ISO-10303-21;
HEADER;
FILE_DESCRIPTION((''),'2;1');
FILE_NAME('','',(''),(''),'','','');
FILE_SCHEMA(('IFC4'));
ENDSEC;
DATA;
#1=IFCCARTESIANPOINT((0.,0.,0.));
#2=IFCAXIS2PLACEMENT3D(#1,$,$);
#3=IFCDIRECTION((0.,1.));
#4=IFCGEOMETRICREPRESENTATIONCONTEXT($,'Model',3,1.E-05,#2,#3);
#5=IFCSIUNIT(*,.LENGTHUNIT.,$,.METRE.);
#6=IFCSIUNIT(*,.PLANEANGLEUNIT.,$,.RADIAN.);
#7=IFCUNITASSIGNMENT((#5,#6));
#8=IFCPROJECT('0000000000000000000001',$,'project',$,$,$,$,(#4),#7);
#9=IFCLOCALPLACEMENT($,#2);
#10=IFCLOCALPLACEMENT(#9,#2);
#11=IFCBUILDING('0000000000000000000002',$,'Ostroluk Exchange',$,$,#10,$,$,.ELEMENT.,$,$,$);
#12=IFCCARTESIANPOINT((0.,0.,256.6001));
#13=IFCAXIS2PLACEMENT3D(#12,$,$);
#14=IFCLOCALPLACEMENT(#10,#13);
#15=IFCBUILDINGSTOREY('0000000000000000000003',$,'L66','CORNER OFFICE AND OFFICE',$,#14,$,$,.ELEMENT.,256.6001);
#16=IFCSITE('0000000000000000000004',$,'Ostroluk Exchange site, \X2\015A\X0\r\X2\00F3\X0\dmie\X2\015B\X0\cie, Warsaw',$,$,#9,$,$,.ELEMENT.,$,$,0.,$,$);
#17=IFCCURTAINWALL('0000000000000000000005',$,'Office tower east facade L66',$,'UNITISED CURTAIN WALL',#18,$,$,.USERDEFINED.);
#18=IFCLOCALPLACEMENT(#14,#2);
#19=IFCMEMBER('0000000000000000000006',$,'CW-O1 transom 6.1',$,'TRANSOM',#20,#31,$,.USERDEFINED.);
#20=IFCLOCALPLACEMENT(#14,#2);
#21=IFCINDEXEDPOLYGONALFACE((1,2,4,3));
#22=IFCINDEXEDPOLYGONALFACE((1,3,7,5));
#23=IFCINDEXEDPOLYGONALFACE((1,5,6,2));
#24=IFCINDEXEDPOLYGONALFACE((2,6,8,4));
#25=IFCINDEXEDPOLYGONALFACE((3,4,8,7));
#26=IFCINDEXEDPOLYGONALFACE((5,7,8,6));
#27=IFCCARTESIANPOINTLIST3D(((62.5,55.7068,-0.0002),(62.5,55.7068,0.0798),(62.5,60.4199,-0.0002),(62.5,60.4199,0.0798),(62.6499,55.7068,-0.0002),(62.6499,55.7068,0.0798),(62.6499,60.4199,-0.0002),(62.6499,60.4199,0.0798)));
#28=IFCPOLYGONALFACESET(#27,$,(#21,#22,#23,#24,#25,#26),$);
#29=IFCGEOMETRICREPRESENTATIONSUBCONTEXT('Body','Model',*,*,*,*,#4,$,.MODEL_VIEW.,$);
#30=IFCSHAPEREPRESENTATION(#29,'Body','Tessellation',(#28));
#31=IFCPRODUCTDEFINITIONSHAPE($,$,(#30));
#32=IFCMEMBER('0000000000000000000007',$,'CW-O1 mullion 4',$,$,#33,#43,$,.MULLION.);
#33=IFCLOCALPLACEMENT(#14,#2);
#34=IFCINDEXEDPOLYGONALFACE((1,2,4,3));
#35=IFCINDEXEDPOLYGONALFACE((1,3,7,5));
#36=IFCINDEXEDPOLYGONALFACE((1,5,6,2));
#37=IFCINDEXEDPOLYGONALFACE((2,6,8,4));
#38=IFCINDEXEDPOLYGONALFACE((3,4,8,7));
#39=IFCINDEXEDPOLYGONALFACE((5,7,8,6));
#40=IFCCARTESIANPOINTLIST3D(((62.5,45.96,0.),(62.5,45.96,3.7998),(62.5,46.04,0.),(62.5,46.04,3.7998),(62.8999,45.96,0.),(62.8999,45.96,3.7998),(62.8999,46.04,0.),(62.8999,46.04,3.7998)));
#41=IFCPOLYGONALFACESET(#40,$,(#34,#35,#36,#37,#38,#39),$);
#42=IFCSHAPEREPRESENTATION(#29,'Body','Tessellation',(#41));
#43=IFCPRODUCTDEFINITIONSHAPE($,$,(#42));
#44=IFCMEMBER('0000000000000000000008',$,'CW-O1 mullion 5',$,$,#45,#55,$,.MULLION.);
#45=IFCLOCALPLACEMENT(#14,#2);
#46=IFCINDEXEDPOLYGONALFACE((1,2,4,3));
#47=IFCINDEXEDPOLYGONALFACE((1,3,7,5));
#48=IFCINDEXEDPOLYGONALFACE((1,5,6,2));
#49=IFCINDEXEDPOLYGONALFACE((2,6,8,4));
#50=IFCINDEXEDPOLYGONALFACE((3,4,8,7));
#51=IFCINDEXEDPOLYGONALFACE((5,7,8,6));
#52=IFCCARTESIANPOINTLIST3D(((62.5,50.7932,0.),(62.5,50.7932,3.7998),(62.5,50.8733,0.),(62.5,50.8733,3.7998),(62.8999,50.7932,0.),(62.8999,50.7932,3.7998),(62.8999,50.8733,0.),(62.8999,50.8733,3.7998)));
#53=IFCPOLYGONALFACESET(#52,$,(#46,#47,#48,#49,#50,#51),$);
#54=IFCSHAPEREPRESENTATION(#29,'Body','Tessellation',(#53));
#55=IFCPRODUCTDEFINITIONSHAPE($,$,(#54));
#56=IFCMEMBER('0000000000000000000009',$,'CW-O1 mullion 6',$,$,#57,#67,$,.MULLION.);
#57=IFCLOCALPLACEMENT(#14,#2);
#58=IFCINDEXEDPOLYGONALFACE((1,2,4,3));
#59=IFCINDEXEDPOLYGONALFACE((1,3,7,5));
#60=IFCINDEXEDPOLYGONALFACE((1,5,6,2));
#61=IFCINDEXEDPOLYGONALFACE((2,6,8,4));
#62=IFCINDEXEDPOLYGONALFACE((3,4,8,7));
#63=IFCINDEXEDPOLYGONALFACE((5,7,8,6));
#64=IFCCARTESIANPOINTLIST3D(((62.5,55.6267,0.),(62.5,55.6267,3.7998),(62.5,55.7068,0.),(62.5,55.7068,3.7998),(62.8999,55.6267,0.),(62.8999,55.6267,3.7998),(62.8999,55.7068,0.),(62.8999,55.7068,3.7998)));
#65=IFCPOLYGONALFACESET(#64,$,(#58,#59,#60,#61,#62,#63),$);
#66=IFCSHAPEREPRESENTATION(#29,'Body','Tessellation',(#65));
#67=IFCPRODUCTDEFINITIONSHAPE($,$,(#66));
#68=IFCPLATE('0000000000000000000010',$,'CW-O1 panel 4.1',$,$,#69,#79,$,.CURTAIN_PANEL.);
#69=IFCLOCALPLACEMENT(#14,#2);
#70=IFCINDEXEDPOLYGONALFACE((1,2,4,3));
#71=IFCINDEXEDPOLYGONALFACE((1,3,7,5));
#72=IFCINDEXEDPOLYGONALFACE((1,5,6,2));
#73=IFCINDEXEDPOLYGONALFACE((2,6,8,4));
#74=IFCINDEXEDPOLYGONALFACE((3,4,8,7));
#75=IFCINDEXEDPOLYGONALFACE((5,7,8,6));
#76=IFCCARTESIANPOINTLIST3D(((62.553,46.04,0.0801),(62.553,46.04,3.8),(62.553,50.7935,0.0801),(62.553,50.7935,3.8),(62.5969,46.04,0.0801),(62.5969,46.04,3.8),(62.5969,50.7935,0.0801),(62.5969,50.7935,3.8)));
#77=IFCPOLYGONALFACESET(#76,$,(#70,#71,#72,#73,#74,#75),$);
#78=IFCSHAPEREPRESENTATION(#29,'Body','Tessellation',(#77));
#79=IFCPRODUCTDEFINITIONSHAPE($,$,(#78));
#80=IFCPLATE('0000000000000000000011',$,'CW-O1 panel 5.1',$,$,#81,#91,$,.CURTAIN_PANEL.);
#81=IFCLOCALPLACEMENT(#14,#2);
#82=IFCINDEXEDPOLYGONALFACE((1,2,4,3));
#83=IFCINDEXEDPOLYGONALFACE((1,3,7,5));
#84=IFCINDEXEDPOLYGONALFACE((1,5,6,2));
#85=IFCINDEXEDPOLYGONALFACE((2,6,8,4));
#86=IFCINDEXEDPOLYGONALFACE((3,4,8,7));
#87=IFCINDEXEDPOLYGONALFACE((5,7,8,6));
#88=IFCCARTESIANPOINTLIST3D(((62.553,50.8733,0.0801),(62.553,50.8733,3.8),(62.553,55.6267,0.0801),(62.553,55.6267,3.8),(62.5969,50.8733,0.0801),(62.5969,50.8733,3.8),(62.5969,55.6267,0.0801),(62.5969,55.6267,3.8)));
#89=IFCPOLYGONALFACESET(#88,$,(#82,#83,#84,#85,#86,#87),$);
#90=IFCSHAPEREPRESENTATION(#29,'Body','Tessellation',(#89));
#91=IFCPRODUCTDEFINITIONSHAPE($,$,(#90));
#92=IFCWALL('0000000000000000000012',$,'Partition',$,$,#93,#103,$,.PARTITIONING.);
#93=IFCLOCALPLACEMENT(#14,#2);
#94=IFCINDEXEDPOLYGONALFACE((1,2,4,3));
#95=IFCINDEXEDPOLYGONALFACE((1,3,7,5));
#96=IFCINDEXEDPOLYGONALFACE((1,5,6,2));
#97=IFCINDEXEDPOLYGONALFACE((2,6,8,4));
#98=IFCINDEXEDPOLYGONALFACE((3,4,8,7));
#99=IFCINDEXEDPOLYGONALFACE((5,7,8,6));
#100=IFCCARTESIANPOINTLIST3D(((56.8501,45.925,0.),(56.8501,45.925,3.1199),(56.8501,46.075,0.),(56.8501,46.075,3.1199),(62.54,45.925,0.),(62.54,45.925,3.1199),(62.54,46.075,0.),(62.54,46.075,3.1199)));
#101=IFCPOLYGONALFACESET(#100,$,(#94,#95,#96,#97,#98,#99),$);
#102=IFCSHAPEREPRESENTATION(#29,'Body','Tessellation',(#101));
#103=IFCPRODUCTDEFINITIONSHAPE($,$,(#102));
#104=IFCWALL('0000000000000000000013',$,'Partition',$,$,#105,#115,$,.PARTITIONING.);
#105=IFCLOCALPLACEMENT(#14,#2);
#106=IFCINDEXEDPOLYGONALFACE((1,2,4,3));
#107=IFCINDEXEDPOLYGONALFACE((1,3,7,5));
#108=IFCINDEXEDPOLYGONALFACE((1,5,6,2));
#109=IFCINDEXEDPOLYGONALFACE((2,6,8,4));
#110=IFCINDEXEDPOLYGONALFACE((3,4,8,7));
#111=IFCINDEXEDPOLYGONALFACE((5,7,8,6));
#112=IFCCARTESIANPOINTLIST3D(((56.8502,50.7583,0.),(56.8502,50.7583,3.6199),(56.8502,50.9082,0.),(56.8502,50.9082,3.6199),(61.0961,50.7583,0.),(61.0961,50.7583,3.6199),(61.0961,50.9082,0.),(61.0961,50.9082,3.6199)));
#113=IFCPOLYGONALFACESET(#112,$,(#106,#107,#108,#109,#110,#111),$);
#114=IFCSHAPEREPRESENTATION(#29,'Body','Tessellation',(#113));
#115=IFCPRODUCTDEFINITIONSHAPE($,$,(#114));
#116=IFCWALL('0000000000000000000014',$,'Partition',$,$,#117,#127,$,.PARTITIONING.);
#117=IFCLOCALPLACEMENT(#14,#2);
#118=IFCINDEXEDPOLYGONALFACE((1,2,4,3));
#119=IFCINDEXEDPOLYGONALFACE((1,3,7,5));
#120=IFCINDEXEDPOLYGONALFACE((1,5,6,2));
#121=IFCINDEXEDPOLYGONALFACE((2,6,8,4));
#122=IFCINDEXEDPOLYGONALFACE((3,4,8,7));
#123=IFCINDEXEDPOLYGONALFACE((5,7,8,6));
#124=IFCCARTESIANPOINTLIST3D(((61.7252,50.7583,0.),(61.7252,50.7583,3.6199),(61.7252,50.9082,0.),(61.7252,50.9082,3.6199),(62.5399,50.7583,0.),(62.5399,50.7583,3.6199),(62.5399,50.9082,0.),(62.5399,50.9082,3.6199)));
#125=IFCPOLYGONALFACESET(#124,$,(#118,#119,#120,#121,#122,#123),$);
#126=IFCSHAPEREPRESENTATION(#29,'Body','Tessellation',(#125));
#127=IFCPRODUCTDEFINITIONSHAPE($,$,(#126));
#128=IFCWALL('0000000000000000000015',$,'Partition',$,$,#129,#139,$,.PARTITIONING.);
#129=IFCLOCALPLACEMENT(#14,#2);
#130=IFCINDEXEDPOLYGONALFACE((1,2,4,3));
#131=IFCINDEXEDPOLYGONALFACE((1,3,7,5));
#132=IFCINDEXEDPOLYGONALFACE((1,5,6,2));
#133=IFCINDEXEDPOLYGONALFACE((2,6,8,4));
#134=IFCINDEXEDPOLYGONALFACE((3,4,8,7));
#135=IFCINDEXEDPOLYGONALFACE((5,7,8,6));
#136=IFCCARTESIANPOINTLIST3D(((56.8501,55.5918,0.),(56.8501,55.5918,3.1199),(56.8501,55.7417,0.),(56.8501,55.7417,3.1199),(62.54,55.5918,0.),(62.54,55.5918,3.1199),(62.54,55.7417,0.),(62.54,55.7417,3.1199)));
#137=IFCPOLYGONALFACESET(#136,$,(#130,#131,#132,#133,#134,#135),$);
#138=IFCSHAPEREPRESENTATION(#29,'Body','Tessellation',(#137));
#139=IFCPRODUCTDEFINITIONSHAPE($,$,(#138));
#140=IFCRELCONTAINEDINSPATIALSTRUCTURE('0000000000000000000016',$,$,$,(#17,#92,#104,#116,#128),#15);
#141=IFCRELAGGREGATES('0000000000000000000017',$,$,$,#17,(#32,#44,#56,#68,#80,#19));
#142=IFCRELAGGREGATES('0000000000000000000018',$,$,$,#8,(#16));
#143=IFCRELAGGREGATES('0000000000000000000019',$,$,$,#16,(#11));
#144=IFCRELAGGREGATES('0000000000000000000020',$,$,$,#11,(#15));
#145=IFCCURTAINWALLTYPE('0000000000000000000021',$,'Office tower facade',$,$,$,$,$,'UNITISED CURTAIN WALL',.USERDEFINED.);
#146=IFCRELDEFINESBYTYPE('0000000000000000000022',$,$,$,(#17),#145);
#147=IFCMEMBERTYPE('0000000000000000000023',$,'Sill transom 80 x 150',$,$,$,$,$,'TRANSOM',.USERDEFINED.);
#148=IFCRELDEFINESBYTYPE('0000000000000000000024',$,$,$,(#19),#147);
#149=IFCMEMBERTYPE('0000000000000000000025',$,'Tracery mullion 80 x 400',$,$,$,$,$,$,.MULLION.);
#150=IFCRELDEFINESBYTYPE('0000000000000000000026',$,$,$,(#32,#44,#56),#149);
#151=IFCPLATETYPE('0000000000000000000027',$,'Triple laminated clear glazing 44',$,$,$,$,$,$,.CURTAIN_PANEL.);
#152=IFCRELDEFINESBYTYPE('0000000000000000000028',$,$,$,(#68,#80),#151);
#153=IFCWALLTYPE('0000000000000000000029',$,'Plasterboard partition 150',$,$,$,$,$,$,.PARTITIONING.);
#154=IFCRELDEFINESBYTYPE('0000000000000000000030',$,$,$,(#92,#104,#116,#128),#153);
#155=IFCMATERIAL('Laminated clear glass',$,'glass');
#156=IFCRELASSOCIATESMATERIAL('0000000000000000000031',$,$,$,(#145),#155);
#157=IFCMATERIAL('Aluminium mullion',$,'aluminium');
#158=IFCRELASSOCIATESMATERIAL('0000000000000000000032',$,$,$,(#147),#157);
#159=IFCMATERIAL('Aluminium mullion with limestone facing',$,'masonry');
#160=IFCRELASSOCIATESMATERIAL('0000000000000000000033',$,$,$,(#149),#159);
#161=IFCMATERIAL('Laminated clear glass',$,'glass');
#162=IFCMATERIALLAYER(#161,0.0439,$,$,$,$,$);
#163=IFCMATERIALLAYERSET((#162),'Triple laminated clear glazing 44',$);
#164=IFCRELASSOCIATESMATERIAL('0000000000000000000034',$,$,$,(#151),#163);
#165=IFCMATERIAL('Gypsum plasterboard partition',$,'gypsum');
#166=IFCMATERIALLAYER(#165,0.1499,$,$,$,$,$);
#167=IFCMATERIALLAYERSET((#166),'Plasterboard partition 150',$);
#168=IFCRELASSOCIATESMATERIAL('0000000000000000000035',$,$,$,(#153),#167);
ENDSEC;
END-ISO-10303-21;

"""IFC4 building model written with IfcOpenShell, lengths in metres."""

from ifc_helpers import new_model, si_unit, direction, frame, frame_2d, origin, origin_2d, place, context, subcontext, project, spatial, rectangle, extrude, material, layer, layer_set, material_profile, profile_set, type_object, element, aggregate, save


model = new_model("IFC4")

# Units and contexts
model_context = context("Model", 3, precision=1e-05, world=origin(), true_north=direction((0.0, 1.0)))
body_context = subcontext(model_context, "Body", "Model", "MODEL_VIEW")
ifc_project = project(units=[si_unit("LENGTHUNIT", "METRE"), si_unit("PLANEANGLEUNIT", "RADIAN")], contexts=[model_context])

# Site, building, storey
site_placement = place(None, origin())
site = spatial("IfcSite", under=ifc_project, at=site_placement, Name="Ostroluk Exchange site, Śródmieście, Warsaw", CompositionType="ELEMENT", RefElevation=0.0)
building_placement = place(site_placement, origin())
building = spatial("IfcBuilding", under=site, at=building_placement, Name="Ostroluk Exchange", CompositionType="ELEMENT")
storey_placement = place(building_placement, frame((0.0, 0.0, 256.6001)))
storey = spatial("IfcBuildingStorey", under=building, at=storey_placement, Name="L66", Description="CORNER OFFICE AND OFFICE", CompositionType="ELEMENT", Elevation=256.6001)

# Curtain wall, members, plates
ifc_material_1 = material(Name="Laminated clear glass", Category="glass")
curtain_wall_type = type_object("IfcCurtainWallType", Name="Office tower facade", ElementType="UNITISED CURTAIN WALL", PredefinedType="USERDEFINED", material=ifc_material_1)
curtain_wall_placement = place(storey_placement, origin())
curtain_wall = element("IfcCurtainWall", 1, at=curtain_wall_placement, inside=storey, type_object=curtain_wall_type, Name="Office tower east facade L66", ObjectType="UNITISED CURTAIN WALL", PredefinedType="USERDEFINED")
ifc_material_2 = material(Name="Aluminium mullion", Category="aluminium")
ifc_material_profile_1 = material_profile(ifc_material_2, rectangle(XDim=0.1499, YDim=0.0801, at=origin_2d()), Name="Sill transom 80 x 150")
ifc_profile_set_1 = profile_set([ifc_material_profile_1], Name="Aluminium mullion")
member_type_1 = type_object("IfcMemberType", Name="Sill transom 80 x 150", ElementType="TRANSOM", PredefinedType="USERDEFINED", material=ifc_profile_set_1)
member_1_placement = place(storey_placement, frame((62.575, 55.7068, 0.0398), z_axis=(0.0, 1.0, 0.0), x_axis=(-1.0, 0.0, 0.0)))
member_1 = element("IfcMember", 2, at=member_1_placement, type_object=member_type_1, Name="CW-O1 transom 6.1", ObjectType="TRANSOM", PredefinedType="USERDEFINED", context=body_context, shape_type="SweptSolid", body=[
    extrude(rectangle(XDim=0.1499, YDim=0.0801, at=origin_2d()), origin(), (0.0, 0.0, 1.0), 4.7131),
])
ifc_material_3 = material(Name="Aluminium mullion with limestone facing", Category="masonry")
ifc_material_profile_2 = material_profile(ifc_material_3, rectangle(XDim=0.3999, YDim=0.0801, at=origin_2d()), Name="Tracery mullion 80 x 400")
ifc_profile_set_2 = profile_set([ifc_material_profile_2], Name="Aluminium mullion with limestone facing")
member_type_2 = type_object("IfcMemberType", Name="Tracery mullion 80 x 400", PredefinedType="MULLION", material=ifc_profile_set_2)
member_2_placement = place(storey_placement, frame((62.7, 46.0, 0.0), z_axis=(0.0, 0.0, 1.0), x_axis=(-1.0, 0.0, 0.0)))
member_2 = element("IfcMember", 3, at=member_2_placement, type_object=member_type_2, Name="CW-O1 mullion 4", PredefinedType="MULLION", context=body_context, shape_type="SweptSolid", body=[
    extrude(rectangle(XDim=0.3999, YDim=0.0801, at=origin_2d()), origin(), (0.0, 0.0, 1.0), 3.7998),
])
member_3_placement = place(storey_placement, frame((62.7, 50.8333, 0.0), z_axis=(0.0, 0.0, 1.0), x_axis=(-1.0, 0.0, 0.0)))
member_3 = element("IfcMember", 4, at=member_3_placement, type_object=member_type_2, Name="CW-O1 mullion 5", PredefinedType="MULLION", context=body_context, shape_type="SweptSolid", body=[
    extrude(rectangle(XDim=0.3999, YDim=0.0801, at=origin_2d()), origin(), (0.0, 0.0, 1.0), 3.7998),
])
member_4_placement = place(storey_placement, frame((62.7, 55.6667, 0.0), z_axis=(0.0, 0.0, 1.0), x_axis=(-1.0, 0.0, 0.0)))
member_4 = element("IfcMember", 5, at=member_4_placement, type_object=member_type_2, Name="CW-O1 mullion 6", PredefinedType="MULLION", context=body_context, shape_type="SweptSolid", body=[
    extrude(rectangle(XDim=0.3999, YDim=0.0801, at=origin_2d()), origin(), (0.0, 0.0, 1.0), 3.7998),
])
ifc_material_4 = material(Name="Laminated clear glass", Category="glass")
ifc_layer_1 = layer(ifc_material_4, 0.0439)
ifc_layer_set_1 = layer_set([ifc_layer_1], Name="Triple laminated clear glazing 44")
plate_type = type_object("IfcPlateType", Name="Triple laminated clear glazing 44", PredefinedType="CURTAIN_PANEL", material=ifc_layer_set_1)
plate_1_placement = place(storey_placement, frame((62.575, 48.4167, 0.0801), z_axis=(0.0, 0.0, 1.0), x_axis=(0.0, 1.0, 0.0)))
plate_1 = element("IfcPlate", 6, at=plate_1_placement, type_object=plate_type, Name="CW-O1 panel 4.1", PredefinedType="CURTAIN_PANEL", context=body_context, shape_type="SweptSolid", body=[
    extrude(rectangle(XDim=4.7534, YDim=0.0439, at=origin_2d()), origin(), (0.0, 0.0, 1.0), 3.72),
])
plate_2_placement = place(storey_placement, frame((62.575, 53.25, 0.0801), z_axis=(0.0, 0.0, 1.0), x_axis=(0.0, 1.0, 0.0)))
plate_2 = element("IfcPlate", 7, at=plate_2_placement, type_object=plate_type, Name="CW-O1 panel 5.1", PredefinedType="CURTAIN_PANEL", context=body_context, shape_type="SweptSolid", body=[
    extrude(rectangle(XDim=4.7534, YDim=0.0439, at=origin_2d()), origin(), (0.0, 0.0, 1.0), 3.72),
])
aggregate(curtain_wall, [member_2, member_3, member_4, plate_1, plate_2, member_1])

# Walls
ifc_material_5 = material(Name="Gypsum plasterboard partition", Category="gypsum")
ifc_layer_2 = layer(ifc_material_5, 0.1499)
ifc_layer_set_2 = layer_set([ifc_layer_2], Name="Plasterboard partition 150")
wall_type = type_object("IfcWallType", Name="Plasterboard partition 150", PredefinedType="PARTITIONING", material=ifc_layer_set_2)
wall_1_placement = place(storey_placement, frame((56.8501, 46.0, 0.0), z_axis=(0.0, 0.0, 1.0), x_axis=(1.0, 0.0, 0.0)))
element("IfcWall", 8, at=wall_1_placement, inside=storey, type_object=wall_type, Name="Partition", PredefinedType="PARTITIONING", context=body_context, shape_type="SweptSolid", body=[
    extrude(rectangle(XDim=5.6899, YDim=0.1499, at=frame_2d((2.845, 0.0))), origin(), (0.0, 0.0, 1.0), 3.1199),
])
wall_2_placement = place(storey_placement, frame((56.8501, 50.8333, 0.0), z_axis=(0.0, 0.0, 1.0), x_axis=(1.0, 0.0, 0.0)))
element("IfcWall", 9, at=wall_2_placement, inside=storey, type_object=wall_type, Name="Partition", PredefinedType="PARTITIONING", context=body_context, shape_type="SweptSolid", body=[
    extrude(rectangle(XDim=4.2458, YDim=0.1499, at=frame_2d((2.123, 0.0))), origin(), (0.0, 0.0, 1.0), 3.6199),
])
wall_3_placement = place(storey_placement, frame((61.7253, 50.8333, 0.0), z_axis=(0.0, 0.0, 1.0), x_axis=(1.0, 0.0, 0.0)))
element("IfcWall", 10, at=wall_3_placement, inside=storey, type_object=wall_type, Name="Partition", PredefinedType="PARTITIONING", context=body_context, shape_type="SweptSolid", body=[
    extrude(rectangle(XDim=0.8147, YDim=0.1499, at=frame_2d((0.4072, 0.0))), origin(), (0.0, 0.0, 1.0), 3.6199),
])
wall_4_placement = place(storey_placement, frame((56.8501, 55.6667, 0.0), z_axis=(0.0, 0.0, 1.0), x_axis=(1.0, 0.0, 0.0)))
element("IfcWall", 11, at=wall_4_placement, inside=storey, type_object=wall_type, Name="Partition", PredefinedType="PARTITIONING", context=body_context, shape_type="SweptSolid", body=[
    extrude(rectangle(XDim=5.6899, YDim=0.1499, at=frame_2d((2.845, 0.0))), origin(), (0.0, 0.0, 1.0), 3.1199),
])

save(model, "model.ifc")
